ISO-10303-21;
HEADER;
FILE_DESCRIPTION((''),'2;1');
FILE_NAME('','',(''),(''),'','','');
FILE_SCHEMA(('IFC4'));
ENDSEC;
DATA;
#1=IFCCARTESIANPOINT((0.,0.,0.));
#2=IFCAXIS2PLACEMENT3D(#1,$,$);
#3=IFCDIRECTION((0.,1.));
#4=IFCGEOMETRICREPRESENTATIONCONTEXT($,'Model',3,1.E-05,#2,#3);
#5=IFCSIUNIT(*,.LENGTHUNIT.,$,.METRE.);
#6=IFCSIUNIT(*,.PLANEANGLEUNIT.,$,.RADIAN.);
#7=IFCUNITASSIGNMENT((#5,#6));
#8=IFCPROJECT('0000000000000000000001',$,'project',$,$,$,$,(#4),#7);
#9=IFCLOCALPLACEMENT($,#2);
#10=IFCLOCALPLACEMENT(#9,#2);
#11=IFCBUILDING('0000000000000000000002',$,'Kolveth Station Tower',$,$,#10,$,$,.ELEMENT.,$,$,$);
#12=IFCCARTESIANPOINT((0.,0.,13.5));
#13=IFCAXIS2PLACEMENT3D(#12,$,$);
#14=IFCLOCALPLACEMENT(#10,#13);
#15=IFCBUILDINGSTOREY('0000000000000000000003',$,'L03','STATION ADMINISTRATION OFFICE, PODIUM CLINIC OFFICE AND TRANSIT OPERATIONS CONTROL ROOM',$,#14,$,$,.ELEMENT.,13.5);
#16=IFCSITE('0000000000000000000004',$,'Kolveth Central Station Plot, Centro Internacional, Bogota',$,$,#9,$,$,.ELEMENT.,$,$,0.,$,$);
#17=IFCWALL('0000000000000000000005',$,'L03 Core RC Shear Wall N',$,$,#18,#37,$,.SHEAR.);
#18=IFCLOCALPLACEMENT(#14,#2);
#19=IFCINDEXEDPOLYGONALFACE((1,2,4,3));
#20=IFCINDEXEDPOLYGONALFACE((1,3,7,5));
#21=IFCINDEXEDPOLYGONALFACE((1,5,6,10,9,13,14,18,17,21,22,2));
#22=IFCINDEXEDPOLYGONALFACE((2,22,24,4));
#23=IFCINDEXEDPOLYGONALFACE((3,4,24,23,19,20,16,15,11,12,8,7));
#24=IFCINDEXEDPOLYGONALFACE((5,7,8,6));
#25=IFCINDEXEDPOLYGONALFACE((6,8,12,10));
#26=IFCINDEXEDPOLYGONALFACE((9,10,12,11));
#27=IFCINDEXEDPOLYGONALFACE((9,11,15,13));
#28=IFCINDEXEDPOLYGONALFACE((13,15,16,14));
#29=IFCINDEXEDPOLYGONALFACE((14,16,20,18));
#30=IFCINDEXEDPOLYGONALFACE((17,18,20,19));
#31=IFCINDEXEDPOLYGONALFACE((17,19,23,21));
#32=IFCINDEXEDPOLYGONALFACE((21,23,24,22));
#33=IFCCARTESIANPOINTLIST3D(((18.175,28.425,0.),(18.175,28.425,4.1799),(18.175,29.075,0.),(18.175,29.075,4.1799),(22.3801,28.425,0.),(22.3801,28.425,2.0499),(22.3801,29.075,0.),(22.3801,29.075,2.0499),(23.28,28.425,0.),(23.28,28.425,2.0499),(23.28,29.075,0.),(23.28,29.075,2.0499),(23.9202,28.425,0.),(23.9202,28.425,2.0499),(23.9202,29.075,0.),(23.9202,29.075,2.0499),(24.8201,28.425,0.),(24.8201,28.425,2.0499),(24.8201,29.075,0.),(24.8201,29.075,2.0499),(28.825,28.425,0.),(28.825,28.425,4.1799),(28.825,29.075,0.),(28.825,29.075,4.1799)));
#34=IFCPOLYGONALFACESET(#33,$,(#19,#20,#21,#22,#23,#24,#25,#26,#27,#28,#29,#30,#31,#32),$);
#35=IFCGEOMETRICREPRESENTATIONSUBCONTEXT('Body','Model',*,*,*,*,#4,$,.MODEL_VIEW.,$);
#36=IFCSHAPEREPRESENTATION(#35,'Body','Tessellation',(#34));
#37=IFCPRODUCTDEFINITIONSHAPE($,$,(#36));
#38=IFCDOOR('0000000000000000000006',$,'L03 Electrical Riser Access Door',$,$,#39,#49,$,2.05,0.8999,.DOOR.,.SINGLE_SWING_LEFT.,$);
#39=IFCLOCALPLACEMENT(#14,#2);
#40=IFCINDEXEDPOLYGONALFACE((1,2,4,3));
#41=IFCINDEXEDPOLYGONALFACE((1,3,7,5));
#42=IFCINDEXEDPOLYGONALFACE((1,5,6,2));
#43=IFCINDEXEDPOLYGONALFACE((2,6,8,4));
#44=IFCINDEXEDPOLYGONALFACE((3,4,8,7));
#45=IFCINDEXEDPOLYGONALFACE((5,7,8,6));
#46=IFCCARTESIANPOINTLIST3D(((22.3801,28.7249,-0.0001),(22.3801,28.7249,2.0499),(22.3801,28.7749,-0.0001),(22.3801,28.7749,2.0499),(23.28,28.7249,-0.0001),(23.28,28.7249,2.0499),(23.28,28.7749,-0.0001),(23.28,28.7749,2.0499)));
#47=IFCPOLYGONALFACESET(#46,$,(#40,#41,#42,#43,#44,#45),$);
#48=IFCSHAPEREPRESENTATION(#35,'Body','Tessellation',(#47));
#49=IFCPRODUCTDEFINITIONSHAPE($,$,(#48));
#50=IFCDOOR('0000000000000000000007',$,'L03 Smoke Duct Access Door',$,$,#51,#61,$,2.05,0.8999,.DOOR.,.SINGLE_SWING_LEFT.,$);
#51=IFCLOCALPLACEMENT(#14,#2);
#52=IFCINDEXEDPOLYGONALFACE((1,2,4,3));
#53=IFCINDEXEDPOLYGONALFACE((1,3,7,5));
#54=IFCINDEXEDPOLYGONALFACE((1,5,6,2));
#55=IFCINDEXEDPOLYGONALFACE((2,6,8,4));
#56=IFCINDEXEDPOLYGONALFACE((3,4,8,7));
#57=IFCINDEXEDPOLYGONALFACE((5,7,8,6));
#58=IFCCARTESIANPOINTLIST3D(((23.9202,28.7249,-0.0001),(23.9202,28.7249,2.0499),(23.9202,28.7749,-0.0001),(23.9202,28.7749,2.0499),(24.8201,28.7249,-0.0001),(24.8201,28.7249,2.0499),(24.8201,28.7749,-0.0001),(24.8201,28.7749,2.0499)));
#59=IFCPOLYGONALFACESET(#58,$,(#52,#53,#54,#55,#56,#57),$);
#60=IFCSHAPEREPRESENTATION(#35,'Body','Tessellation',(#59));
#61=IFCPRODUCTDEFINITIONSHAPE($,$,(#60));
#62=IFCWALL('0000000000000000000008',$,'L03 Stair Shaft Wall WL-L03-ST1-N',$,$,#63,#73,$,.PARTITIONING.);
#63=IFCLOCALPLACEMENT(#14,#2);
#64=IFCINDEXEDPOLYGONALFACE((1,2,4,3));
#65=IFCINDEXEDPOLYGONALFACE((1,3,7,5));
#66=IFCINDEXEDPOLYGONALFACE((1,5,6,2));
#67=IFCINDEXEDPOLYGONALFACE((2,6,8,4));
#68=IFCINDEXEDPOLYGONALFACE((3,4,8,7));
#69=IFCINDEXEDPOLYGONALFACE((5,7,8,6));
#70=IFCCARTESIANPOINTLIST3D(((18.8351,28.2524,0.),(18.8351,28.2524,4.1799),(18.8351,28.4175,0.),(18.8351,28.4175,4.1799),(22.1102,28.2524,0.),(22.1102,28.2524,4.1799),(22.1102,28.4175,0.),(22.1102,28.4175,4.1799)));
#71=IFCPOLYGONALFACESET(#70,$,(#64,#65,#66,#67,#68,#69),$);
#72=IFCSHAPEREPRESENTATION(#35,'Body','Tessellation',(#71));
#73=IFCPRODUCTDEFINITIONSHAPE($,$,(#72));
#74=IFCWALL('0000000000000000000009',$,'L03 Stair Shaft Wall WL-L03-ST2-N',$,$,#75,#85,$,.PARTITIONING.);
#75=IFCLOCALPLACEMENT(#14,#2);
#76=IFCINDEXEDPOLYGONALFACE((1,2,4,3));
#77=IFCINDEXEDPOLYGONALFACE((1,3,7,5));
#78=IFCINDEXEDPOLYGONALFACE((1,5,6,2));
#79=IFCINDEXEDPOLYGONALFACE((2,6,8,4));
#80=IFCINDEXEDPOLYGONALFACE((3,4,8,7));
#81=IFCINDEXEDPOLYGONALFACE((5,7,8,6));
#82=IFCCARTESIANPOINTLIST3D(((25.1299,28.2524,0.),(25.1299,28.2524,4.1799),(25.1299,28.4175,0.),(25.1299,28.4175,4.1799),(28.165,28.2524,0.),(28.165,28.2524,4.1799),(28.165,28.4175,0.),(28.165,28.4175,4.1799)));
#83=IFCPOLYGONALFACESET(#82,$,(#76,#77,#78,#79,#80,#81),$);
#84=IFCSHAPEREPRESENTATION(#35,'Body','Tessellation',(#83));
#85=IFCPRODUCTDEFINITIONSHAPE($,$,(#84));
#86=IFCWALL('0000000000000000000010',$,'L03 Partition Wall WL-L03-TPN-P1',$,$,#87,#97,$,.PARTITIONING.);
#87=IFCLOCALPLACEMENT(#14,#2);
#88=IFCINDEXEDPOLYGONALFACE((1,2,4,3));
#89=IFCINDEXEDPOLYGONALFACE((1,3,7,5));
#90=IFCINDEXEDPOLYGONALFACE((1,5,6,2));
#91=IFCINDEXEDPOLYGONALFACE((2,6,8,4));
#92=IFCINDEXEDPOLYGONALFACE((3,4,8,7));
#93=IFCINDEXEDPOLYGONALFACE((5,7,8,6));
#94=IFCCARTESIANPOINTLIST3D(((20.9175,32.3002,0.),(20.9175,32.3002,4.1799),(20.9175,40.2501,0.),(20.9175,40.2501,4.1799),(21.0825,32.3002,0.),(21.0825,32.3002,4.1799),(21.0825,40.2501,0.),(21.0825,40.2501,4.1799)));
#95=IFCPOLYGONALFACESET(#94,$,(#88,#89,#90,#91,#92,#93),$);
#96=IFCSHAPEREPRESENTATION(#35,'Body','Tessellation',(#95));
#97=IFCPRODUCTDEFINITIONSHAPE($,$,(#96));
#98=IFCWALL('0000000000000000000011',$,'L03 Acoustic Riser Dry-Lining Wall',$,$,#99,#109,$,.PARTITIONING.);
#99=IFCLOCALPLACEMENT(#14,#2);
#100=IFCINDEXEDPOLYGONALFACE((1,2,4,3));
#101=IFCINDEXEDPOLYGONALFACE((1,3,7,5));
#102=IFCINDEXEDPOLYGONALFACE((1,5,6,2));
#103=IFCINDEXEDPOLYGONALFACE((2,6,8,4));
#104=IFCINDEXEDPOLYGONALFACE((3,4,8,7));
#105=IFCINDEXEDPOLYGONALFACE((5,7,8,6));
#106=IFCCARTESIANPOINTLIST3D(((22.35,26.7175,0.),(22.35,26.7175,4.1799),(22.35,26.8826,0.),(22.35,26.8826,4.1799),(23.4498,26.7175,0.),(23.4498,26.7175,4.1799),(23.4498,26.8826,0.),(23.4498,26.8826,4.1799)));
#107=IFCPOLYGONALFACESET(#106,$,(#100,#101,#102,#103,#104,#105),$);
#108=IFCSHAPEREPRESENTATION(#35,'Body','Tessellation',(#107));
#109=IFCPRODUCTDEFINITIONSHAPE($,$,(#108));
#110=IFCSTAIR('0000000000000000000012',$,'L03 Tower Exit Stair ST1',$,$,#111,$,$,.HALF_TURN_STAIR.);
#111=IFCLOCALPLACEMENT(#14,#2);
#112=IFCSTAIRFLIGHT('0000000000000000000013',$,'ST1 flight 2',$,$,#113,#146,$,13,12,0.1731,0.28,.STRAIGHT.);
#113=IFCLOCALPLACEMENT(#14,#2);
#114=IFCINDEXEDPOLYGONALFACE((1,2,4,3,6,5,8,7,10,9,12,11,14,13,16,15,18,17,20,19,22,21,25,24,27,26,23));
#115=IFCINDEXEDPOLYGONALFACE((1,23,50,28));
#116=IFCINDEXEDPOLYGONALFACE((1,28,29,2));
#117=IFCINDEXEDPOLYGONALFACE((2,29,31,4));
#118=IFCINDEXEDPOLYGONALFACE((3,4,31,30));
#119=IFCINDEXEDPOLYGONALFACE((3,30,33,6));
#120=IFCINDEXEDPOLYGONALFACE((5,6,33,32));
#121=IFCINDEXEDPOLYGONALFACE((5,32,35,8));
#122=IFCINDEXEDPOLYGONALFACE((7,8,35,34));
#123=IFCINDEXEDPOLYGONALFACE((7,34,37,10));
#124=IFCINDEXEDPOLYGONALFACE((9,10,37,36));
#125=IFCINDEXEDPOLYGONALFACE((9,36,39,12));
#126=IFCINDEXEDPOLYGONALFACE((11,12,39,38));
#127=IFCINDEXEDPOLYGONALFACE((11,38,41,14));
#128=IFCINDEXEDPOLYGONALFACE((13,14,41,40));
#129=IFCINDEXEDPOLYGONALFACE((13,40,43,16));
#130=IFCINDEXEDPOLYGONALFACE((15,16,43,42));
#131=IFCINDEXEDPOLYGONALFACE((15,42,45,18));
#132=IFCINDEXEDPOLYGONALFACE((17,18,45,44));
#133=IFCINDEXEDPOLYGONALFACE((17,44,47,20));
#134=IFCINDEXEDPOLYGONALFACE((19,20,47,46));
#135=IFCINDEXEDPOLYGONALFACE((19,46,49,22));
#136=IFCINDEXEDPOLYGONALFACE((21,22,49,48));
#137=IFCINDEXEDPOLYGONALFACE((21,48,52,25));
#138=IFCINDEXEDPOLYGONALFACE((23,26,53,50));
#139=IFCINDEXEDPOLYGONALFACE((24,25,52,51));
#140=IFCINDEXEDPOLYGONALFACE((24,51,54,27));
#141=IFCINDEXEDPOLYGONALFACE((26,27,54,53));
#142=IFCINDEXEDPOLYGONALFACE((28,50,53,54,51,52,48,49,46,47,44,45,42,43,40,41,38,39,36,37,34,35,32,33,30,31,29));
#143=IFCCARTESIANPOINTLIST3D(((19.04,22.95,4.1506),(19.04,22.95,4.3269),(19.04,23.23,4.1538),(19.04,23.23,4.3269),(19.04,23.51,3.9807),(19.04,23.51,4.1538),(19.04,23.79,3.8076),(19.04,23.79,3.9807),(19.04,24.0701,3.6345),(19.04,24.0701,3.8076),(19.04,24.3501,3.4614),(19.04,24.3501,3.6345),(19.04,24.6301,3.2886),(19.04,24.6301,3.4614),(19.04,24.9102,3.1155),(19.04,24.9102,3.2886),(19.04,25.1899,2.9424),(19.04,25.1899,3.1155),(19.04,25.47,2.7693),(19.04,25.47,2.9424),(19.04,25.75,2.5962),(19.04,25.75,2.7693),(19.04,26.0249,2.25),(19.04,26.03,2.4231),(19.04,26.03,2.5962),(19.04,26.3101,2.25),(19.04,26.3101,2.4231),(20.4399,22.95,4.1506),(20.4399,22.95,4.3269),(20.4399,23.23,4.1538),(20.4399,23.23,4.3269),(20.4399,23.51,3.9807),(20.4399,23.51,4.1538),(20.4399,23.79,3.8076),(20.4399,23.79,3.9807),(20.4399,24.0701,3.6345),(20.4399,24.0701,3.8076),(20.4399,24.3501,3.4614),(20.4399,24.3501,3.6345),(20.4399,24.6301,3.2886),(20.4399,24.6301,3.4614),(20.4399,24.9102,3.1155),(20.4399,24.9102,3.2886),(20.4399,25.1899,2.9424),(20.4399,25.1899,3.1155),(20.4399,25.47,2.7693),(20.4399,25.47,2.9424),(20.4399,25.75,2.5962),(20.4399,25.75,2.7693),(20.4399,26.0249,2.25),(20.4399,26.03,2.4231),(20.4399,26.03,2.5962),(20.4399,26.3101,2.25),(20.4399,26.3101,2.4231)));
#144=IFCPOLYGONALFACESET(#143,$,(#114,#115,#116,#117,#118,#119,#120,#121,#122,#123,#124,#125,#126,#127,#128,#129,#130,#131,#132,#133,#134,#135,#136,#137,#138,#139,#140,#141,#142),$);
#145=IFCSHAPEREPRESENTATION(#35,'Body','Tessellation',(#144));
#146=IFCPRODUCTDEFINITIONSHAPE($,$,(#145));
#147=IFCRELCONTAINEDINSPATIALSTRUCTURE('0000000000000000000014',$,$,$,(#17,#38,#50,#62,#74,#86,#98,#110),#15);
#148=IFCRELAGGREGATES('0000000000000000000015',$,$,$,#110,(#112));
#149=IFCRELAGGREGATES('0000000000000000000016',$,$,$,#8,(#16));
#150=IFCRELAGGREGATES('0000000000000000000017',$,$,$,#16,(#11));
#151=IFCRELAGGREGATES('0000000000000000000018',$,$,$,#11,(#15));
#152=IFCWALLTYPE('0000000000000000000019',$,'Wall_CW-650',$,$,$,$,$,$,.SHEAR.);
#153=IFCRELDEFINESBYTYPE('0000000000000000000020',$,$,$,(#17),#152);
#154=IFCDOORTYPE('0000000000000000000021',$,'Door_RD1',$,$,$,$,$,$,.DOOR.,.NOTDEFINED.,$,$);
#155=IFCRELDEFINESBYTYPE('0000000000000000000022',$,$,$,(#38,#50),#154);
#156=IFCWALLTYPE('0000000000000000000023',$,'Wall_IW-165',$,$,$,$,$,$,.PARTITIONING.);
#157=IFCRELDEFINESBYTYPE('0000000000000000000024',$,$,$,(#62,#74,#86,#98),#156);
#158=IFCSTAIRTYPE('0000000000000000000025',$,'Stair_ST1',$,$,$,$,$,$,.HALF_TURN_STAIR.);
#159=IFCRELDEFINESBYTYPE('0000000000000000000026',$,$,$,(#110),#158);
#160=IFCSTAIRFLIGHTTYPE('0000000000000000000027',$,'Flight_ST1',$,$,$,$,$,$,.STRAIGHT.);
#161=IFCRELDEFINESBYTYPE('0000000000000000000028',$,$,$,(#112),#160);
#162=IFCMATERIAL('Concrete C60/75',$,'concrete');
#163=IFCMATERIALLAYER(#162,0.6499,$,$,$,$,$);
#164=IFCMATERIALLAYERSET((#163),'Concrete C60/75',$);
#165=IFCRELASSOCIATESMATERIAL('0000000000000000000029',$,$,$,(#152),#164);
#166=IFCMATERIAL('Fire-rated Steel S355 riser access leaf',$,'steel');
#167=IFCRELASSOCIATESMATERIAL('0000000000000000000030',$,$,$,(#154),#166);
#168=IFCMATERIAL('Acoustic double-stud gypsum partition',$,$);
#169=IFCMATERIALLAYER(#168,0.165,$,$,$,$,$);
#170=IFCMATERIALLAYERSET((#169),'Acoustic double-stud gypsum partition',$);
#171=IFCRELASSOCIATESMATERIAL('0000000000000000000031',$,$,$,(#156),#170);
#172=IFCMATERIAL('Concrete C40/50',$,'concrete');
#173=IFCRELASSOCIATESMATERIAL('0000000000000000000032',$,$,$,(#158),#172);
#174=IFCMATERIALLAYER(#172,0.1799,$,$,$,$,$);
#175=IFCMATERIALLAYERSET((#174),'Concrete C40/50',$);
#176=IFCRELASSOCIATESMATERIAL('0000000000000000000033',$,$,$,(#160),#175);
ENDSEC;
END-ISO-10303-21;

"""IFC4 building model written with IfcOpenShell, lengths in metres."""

from ifc_helpers import new_model, si_unit, direction, frame, frame_2d, origin, place, context, subcontext, project, spatial, polyline, rectangle, outline, extrude, material, layer, layer_set, type_object, element, fill, aggregate, save


model = new_model("IFC4")

# Units and contexts
model_context = context("Model", 3, precision=1e-05, world=origin(), true_north=direction((0.0, 1.0)))
body_context = subcontext(model_context, "Body", "Model", "MODEL_VIEW")
ifc_project = project(units=[si_unit("LENGTHUNIT", "METRE"), si_unit("PLANEANGLEUNIT", "RADIAN")], contexts=[model_context])

# Site, building, storey
site_placement = place(None, origin())
site = spatial("IfcSite", under=ifc_project, at=site_placement, Name="Kolveth Central Station Plot, Centro Internacional, Bogota", CompositionType="ELEMENT", RefElevation=0.0)
building_placement = place(site_placement, origin())
building = spatial("IfcBuilding", under=site, at=building_placement, Name="Kolveth Station Tower", CompositionType="ELEMENT")
storey_placement = place(building_placement, frame((0.0, 0.0, 13.5)))
storey = spatial("IfcBuildingStorey", under=building, at=storey_placement, Name="L03", Description="STATION ADMINISTRATION OFFICE, PODIUM CLINIC OFFICE AND TRANSIT OPERATIONS CONTROL ROOM", CompositionType="ELEMENT", Elevation=13.5)

# Shared definitions
ifc_material_1 = material(Name="Concrete C60/75", Category="concrete")

# Wall, openings, doors
ifc_layer_1 = layer(ifc_material_1, 0.6499)
ifc_layer_set_1 = layer_set([ifc_layer_1], Name="Concrete C60/75")
wall_type_1 = type_object("IfcWallType", Name="Wall_CW-650", PredefinedType="SHEAR", material=ifc_layer_set_1)
wall_1_placement = place(storey_placement, frame((18.175, 28.75, 0.0), z_axis=(0.0, 0.0, 1.0), x_axis=(1.0, 0.0, 0.0)))
wall_1 = element("IfcWall", 1, at=wall_1_placement, inside=storey, type_object=wall_type_1, Name="L03 Core RC Shear Wall N", PredefinedType="SHEAR", context=body_context, shape_type="SweptSolid", body=[
    extrude(rectangle(XDim=10.6499, YDim=0.6499, at=frame_2d((5.325, 0.0))), origin(), (0.0, 0.0, 1.0), 4.1799),
])
opening_1_placement = place(wall_1_placement, frame((4.2051, 0.0, 0.0)))
opening_1 = element("IfcOpeningElement", 2, at=opening_1_placement, cuts=wall_1, PredefinedType="OPENING", context=body_context, shape_type="SweptSolid", body=[
    extrude(rectangle(XDim=0.8999, YDim=2.05, at=frame_2d((0.45, 1.0249))), frame((0.0, 0.335, 0.0), z_axis=(0.0, -1.0, 0.0), x_axis=(1.0, 0.0, 0.0)), (0.0, 0.0, 1.0), 0.6699),
])
opening_2_placement = place(wall_1_placement, frame((5.7451, 0.0, 0.0)))
opening_2 = element("IfcOpeningElement", 3, at=opening_2_placement, cuts=wall_1, PredefinedType="OPENING", context=body_context, shape_type="SweptSolid", body=[
    extrude(rectangle(XDim=0.8999, YDim=2.05, at=frame_2d((0.45, 1.0249))), frame((0.0, 0.335, 0.0), z_axis=(0.0, -1.0, 0.0), x_axis=(1.0, 0.0, 0.0)), (0.0, 0.0, 1.0), 0.6699),
])
ifc_material_2 = material(Name="Fire-rated Steel S355 riser access leaf", Category="steel")
door_type = type_object("IfcDoorType", Name="Door_RD1", OperationType="NOTDEFINED", PredefinedType="DOOR", material=ifc_material_2)
door_1_placement = place(opening_1_placement, origin())
door_1 = element("IfcDoor", 4, at=door_1_placement, inside=storey, type_object=door_type, Name="L03 Electrical Riser Access Door", OperationType="SINGLE_SWING_LEFT", OverallHeight=2.05, OverallWidth=0.8999, PredefinedType="DOOR", context=body_context, shape_type="SweptSolid", body=[
    extrude(rectangle(XDim=0.8999, YDim=2.05, at=frame_2d((0.45, 1.0249))), frame((0.0, 0.0249, 0.0), z_axis=(0.0, -1.0, 0.0), x_axis=(1.0, 0.0, 0.0)), (0.0, 0.0, 1.0), 0.05),
])
fill(opening_1, door_1)
door_2_placement = place(opening_2_placement, origin())
door_2 = element("IfcDoor", 5, at=door_2_placement, inside=storey, type_object=door_type, Name="L03 Smoke Duct Access Door", OperationType="SINGLE_SWING_LEFT", OverallHeight=2.05, OverallWidth=0.8999, PredefinedType="DOOR", context=body_context, shape_type="SweptSolid", body=[
    extrude(rectangle(XDim=0.8999, YDim=2.05, at=frame_2d((0.45, 1.0249))), frame((0.0, 0.0249, 0.0), z_axis=(0.0, -1.0, 0.0), x_axis=(1.0, 0.0, 0.0)), (0.0, 0.0, 1.0), 0.05),
])
fill(opening_2, door_2)

# Walls
ifc_material_3 = material(Name="Acoustic double-stud gypsum partition")
ifc_layer_2 = layer(ifc_material_3, 0.165)
ifc_layer_set_2 = layer_set([ifc_layer_2], Name="Acoustic double-stud gypsum partition")
wall_type_2 = type_object("IfcWallType", Name="Wall_IW-165", PredefinedType="PARTITIONING", material=ifc_layer_set_2)
wall_2_placement = place(storey_placement, frame((18.835, 28.335, 0.0), z_axis=(0.0, 0.0, 1.0), x_axis=(1.0, 0.0, 0.0)))
element("IfcWall", 6, at=wall_2_placement, inside=storey, type_object=wall_type_2, Name="L03 Stair Shaft Wall WL-L03-ST1-N", PredefinedType="PARTITIONING", context=body_context, shape_type="SweptSolid", body=[
    extrude(rectangle(XDim=3.2751, YDim=0.165, at=frame_2d((1.6377, 0.0))), origin(), (0.0, 0.0, 1.0), 4.1799),
])
wall_3_placement = place(storey_placement, frame((25.1299, 28.335, 0.0), z_axis=(0.0, 0.0, 1.0), x_axis=(1.0, 0.0, 0.0)))
element("IfcWall", 7, at=wall_3_placement, inside=storey, type_object=wall_type_2, Name="L03 Stair Shaft Wall WL-L03-ST2-N", PredefinedType="PARTITIONING", context=body_context, shape_type="SweptSolid", body=[
    extrude(rectangle(XDim=3.0352, YDim=0.165, at=frame_2d((1.5176, 0.0))), origin(), (0.0, 0.0, 1.0), 4.1799),
])
wall_4_placement = place(storey_placement, frame((21.0, 32.3, 0.0), z_axis=(0.0, 0.0, 1.0), x_axis=(0.0, 1.0, 0.0)))
element("IfcWall", 8, at=wall_4_placement, inside=storey, type_object=wall_type_2, Name="L03 Partition Wall WL-L03-TPN-P1", PredefinedType="PARTITIONING", context=body_context, shape_type="SweptSolid", body=[
    extrude(rectangle(XDim=7.95, YDim=0.165, at=frame_2d((3.9751, 0.0))), origin(), (0.0, 0.0, 1.0), 4.1799),
])
wall_5_placement = place(storey_placement, frame((22.3501, 26.8, 0.0), z_axis=(0.0, 0.0, 1.0), x_axis=(1.0, 0.0, 0.0)))
element("IfcWall", 9, at=wall_5_placement, inside=storey, type_object=wall_type_2, Name="L03 Acoustic Riser Dry-Lining Wall", PredefinedType="PARTITIONING", context=body_context, shape_type="SweptSolid", body=[
    extrude(rectangle(XDim=1.0999, YDim=0.165, at=frame_2d((0.5498, 0.0))), origin(), (0.0, 0.0, 1.0), 4.1799),
])

# Stair, stair flight
ifc_material_4 = material(Name="Concrete C40/50", Category="concrete")
stair_type_1 = type_object("IfcStairType", Name="Stair_ST1", PredefinedType="HALF_TURN_STAIR", material=ifc_material_4)
stair_1_placement = place(storey_placement, origin())
stair_1 = element("IfcStair", 10, at=stair_1_placement, inside=storey, type_object=stair_type_1, Name="L03 Tower Exit Stair ST1", PredefinedType="HALF_TURN_STAIR")
ifc_layer_3 = layer(ifc_material_4, 0.1799)
ifc_layer_set_3 = layer_set([ifc_layer_3], Name="Concrete C40/50")
stair_flight_type_1 = type_object("IfcStairFlightType", Name="Flight_ST1", PredefinedType="STRAIGHT", material=ifc_layer_set_3)
stair_flight_1_placement = place(storey_placement, frame((19.74, 26.3101, 2.25), z_axis=(0.0, 0.0, 1.0), x_axis=(0.0, -1.0, 0.0)))
stair_flight_1 = element("IfcStairFlight", 11, at=stair_flight_1_placement, type_object=stair_flight_type_1, Name="ST1 flight 2", NumberOfRisers=13, NumberOfTreads=12, PredefinedType="STRAIGHT", RiserHeight=0.1731, TreadLength=0.28, context=body_context, shape_type="SweptSolid", body=[
    extrude(outline(polyline([(0.0, 0.0), (0.0, 0.1731), (0.28, 0.1731), (0.28, 0.3462), (0.5601, 0.3462), (0.5601, 0.5193), (0.8401, 0.5193), (0.8401, 0.6924), (1.1201, 0.6924), (1.1201, 0.8655), (1.3999, 0.8655), (1.3999, 1.0386), (1.6799, 1.0386), (1.6799, 1.2114), (1.96, 1.2114), (1.96, 1.3845), (2.24, 1.3845), (2.24, 1.5576), (2.52, 1.5576), (2.52, 1.7307), (2.8, 1.7307), (2.8, 1.9038), (3.0801, 1.9038), (3.0801, 2.0769), (3.3601, 2.0769), (3.3601, 2.25), (3.3601, 1.9006), (0.2852, 0.0), (0.0, 0.0)])), frame((0.0, 0.7, 0.0), z_axis=(0.0, -1.0, 0.0), x_axis=(1.0, 0.0, 0.0)), (0.0, 0.0, 1.0), 1.3999),
])
aggregate(stair_1, [stair_flight_1])

save(model, "model.ifc")
